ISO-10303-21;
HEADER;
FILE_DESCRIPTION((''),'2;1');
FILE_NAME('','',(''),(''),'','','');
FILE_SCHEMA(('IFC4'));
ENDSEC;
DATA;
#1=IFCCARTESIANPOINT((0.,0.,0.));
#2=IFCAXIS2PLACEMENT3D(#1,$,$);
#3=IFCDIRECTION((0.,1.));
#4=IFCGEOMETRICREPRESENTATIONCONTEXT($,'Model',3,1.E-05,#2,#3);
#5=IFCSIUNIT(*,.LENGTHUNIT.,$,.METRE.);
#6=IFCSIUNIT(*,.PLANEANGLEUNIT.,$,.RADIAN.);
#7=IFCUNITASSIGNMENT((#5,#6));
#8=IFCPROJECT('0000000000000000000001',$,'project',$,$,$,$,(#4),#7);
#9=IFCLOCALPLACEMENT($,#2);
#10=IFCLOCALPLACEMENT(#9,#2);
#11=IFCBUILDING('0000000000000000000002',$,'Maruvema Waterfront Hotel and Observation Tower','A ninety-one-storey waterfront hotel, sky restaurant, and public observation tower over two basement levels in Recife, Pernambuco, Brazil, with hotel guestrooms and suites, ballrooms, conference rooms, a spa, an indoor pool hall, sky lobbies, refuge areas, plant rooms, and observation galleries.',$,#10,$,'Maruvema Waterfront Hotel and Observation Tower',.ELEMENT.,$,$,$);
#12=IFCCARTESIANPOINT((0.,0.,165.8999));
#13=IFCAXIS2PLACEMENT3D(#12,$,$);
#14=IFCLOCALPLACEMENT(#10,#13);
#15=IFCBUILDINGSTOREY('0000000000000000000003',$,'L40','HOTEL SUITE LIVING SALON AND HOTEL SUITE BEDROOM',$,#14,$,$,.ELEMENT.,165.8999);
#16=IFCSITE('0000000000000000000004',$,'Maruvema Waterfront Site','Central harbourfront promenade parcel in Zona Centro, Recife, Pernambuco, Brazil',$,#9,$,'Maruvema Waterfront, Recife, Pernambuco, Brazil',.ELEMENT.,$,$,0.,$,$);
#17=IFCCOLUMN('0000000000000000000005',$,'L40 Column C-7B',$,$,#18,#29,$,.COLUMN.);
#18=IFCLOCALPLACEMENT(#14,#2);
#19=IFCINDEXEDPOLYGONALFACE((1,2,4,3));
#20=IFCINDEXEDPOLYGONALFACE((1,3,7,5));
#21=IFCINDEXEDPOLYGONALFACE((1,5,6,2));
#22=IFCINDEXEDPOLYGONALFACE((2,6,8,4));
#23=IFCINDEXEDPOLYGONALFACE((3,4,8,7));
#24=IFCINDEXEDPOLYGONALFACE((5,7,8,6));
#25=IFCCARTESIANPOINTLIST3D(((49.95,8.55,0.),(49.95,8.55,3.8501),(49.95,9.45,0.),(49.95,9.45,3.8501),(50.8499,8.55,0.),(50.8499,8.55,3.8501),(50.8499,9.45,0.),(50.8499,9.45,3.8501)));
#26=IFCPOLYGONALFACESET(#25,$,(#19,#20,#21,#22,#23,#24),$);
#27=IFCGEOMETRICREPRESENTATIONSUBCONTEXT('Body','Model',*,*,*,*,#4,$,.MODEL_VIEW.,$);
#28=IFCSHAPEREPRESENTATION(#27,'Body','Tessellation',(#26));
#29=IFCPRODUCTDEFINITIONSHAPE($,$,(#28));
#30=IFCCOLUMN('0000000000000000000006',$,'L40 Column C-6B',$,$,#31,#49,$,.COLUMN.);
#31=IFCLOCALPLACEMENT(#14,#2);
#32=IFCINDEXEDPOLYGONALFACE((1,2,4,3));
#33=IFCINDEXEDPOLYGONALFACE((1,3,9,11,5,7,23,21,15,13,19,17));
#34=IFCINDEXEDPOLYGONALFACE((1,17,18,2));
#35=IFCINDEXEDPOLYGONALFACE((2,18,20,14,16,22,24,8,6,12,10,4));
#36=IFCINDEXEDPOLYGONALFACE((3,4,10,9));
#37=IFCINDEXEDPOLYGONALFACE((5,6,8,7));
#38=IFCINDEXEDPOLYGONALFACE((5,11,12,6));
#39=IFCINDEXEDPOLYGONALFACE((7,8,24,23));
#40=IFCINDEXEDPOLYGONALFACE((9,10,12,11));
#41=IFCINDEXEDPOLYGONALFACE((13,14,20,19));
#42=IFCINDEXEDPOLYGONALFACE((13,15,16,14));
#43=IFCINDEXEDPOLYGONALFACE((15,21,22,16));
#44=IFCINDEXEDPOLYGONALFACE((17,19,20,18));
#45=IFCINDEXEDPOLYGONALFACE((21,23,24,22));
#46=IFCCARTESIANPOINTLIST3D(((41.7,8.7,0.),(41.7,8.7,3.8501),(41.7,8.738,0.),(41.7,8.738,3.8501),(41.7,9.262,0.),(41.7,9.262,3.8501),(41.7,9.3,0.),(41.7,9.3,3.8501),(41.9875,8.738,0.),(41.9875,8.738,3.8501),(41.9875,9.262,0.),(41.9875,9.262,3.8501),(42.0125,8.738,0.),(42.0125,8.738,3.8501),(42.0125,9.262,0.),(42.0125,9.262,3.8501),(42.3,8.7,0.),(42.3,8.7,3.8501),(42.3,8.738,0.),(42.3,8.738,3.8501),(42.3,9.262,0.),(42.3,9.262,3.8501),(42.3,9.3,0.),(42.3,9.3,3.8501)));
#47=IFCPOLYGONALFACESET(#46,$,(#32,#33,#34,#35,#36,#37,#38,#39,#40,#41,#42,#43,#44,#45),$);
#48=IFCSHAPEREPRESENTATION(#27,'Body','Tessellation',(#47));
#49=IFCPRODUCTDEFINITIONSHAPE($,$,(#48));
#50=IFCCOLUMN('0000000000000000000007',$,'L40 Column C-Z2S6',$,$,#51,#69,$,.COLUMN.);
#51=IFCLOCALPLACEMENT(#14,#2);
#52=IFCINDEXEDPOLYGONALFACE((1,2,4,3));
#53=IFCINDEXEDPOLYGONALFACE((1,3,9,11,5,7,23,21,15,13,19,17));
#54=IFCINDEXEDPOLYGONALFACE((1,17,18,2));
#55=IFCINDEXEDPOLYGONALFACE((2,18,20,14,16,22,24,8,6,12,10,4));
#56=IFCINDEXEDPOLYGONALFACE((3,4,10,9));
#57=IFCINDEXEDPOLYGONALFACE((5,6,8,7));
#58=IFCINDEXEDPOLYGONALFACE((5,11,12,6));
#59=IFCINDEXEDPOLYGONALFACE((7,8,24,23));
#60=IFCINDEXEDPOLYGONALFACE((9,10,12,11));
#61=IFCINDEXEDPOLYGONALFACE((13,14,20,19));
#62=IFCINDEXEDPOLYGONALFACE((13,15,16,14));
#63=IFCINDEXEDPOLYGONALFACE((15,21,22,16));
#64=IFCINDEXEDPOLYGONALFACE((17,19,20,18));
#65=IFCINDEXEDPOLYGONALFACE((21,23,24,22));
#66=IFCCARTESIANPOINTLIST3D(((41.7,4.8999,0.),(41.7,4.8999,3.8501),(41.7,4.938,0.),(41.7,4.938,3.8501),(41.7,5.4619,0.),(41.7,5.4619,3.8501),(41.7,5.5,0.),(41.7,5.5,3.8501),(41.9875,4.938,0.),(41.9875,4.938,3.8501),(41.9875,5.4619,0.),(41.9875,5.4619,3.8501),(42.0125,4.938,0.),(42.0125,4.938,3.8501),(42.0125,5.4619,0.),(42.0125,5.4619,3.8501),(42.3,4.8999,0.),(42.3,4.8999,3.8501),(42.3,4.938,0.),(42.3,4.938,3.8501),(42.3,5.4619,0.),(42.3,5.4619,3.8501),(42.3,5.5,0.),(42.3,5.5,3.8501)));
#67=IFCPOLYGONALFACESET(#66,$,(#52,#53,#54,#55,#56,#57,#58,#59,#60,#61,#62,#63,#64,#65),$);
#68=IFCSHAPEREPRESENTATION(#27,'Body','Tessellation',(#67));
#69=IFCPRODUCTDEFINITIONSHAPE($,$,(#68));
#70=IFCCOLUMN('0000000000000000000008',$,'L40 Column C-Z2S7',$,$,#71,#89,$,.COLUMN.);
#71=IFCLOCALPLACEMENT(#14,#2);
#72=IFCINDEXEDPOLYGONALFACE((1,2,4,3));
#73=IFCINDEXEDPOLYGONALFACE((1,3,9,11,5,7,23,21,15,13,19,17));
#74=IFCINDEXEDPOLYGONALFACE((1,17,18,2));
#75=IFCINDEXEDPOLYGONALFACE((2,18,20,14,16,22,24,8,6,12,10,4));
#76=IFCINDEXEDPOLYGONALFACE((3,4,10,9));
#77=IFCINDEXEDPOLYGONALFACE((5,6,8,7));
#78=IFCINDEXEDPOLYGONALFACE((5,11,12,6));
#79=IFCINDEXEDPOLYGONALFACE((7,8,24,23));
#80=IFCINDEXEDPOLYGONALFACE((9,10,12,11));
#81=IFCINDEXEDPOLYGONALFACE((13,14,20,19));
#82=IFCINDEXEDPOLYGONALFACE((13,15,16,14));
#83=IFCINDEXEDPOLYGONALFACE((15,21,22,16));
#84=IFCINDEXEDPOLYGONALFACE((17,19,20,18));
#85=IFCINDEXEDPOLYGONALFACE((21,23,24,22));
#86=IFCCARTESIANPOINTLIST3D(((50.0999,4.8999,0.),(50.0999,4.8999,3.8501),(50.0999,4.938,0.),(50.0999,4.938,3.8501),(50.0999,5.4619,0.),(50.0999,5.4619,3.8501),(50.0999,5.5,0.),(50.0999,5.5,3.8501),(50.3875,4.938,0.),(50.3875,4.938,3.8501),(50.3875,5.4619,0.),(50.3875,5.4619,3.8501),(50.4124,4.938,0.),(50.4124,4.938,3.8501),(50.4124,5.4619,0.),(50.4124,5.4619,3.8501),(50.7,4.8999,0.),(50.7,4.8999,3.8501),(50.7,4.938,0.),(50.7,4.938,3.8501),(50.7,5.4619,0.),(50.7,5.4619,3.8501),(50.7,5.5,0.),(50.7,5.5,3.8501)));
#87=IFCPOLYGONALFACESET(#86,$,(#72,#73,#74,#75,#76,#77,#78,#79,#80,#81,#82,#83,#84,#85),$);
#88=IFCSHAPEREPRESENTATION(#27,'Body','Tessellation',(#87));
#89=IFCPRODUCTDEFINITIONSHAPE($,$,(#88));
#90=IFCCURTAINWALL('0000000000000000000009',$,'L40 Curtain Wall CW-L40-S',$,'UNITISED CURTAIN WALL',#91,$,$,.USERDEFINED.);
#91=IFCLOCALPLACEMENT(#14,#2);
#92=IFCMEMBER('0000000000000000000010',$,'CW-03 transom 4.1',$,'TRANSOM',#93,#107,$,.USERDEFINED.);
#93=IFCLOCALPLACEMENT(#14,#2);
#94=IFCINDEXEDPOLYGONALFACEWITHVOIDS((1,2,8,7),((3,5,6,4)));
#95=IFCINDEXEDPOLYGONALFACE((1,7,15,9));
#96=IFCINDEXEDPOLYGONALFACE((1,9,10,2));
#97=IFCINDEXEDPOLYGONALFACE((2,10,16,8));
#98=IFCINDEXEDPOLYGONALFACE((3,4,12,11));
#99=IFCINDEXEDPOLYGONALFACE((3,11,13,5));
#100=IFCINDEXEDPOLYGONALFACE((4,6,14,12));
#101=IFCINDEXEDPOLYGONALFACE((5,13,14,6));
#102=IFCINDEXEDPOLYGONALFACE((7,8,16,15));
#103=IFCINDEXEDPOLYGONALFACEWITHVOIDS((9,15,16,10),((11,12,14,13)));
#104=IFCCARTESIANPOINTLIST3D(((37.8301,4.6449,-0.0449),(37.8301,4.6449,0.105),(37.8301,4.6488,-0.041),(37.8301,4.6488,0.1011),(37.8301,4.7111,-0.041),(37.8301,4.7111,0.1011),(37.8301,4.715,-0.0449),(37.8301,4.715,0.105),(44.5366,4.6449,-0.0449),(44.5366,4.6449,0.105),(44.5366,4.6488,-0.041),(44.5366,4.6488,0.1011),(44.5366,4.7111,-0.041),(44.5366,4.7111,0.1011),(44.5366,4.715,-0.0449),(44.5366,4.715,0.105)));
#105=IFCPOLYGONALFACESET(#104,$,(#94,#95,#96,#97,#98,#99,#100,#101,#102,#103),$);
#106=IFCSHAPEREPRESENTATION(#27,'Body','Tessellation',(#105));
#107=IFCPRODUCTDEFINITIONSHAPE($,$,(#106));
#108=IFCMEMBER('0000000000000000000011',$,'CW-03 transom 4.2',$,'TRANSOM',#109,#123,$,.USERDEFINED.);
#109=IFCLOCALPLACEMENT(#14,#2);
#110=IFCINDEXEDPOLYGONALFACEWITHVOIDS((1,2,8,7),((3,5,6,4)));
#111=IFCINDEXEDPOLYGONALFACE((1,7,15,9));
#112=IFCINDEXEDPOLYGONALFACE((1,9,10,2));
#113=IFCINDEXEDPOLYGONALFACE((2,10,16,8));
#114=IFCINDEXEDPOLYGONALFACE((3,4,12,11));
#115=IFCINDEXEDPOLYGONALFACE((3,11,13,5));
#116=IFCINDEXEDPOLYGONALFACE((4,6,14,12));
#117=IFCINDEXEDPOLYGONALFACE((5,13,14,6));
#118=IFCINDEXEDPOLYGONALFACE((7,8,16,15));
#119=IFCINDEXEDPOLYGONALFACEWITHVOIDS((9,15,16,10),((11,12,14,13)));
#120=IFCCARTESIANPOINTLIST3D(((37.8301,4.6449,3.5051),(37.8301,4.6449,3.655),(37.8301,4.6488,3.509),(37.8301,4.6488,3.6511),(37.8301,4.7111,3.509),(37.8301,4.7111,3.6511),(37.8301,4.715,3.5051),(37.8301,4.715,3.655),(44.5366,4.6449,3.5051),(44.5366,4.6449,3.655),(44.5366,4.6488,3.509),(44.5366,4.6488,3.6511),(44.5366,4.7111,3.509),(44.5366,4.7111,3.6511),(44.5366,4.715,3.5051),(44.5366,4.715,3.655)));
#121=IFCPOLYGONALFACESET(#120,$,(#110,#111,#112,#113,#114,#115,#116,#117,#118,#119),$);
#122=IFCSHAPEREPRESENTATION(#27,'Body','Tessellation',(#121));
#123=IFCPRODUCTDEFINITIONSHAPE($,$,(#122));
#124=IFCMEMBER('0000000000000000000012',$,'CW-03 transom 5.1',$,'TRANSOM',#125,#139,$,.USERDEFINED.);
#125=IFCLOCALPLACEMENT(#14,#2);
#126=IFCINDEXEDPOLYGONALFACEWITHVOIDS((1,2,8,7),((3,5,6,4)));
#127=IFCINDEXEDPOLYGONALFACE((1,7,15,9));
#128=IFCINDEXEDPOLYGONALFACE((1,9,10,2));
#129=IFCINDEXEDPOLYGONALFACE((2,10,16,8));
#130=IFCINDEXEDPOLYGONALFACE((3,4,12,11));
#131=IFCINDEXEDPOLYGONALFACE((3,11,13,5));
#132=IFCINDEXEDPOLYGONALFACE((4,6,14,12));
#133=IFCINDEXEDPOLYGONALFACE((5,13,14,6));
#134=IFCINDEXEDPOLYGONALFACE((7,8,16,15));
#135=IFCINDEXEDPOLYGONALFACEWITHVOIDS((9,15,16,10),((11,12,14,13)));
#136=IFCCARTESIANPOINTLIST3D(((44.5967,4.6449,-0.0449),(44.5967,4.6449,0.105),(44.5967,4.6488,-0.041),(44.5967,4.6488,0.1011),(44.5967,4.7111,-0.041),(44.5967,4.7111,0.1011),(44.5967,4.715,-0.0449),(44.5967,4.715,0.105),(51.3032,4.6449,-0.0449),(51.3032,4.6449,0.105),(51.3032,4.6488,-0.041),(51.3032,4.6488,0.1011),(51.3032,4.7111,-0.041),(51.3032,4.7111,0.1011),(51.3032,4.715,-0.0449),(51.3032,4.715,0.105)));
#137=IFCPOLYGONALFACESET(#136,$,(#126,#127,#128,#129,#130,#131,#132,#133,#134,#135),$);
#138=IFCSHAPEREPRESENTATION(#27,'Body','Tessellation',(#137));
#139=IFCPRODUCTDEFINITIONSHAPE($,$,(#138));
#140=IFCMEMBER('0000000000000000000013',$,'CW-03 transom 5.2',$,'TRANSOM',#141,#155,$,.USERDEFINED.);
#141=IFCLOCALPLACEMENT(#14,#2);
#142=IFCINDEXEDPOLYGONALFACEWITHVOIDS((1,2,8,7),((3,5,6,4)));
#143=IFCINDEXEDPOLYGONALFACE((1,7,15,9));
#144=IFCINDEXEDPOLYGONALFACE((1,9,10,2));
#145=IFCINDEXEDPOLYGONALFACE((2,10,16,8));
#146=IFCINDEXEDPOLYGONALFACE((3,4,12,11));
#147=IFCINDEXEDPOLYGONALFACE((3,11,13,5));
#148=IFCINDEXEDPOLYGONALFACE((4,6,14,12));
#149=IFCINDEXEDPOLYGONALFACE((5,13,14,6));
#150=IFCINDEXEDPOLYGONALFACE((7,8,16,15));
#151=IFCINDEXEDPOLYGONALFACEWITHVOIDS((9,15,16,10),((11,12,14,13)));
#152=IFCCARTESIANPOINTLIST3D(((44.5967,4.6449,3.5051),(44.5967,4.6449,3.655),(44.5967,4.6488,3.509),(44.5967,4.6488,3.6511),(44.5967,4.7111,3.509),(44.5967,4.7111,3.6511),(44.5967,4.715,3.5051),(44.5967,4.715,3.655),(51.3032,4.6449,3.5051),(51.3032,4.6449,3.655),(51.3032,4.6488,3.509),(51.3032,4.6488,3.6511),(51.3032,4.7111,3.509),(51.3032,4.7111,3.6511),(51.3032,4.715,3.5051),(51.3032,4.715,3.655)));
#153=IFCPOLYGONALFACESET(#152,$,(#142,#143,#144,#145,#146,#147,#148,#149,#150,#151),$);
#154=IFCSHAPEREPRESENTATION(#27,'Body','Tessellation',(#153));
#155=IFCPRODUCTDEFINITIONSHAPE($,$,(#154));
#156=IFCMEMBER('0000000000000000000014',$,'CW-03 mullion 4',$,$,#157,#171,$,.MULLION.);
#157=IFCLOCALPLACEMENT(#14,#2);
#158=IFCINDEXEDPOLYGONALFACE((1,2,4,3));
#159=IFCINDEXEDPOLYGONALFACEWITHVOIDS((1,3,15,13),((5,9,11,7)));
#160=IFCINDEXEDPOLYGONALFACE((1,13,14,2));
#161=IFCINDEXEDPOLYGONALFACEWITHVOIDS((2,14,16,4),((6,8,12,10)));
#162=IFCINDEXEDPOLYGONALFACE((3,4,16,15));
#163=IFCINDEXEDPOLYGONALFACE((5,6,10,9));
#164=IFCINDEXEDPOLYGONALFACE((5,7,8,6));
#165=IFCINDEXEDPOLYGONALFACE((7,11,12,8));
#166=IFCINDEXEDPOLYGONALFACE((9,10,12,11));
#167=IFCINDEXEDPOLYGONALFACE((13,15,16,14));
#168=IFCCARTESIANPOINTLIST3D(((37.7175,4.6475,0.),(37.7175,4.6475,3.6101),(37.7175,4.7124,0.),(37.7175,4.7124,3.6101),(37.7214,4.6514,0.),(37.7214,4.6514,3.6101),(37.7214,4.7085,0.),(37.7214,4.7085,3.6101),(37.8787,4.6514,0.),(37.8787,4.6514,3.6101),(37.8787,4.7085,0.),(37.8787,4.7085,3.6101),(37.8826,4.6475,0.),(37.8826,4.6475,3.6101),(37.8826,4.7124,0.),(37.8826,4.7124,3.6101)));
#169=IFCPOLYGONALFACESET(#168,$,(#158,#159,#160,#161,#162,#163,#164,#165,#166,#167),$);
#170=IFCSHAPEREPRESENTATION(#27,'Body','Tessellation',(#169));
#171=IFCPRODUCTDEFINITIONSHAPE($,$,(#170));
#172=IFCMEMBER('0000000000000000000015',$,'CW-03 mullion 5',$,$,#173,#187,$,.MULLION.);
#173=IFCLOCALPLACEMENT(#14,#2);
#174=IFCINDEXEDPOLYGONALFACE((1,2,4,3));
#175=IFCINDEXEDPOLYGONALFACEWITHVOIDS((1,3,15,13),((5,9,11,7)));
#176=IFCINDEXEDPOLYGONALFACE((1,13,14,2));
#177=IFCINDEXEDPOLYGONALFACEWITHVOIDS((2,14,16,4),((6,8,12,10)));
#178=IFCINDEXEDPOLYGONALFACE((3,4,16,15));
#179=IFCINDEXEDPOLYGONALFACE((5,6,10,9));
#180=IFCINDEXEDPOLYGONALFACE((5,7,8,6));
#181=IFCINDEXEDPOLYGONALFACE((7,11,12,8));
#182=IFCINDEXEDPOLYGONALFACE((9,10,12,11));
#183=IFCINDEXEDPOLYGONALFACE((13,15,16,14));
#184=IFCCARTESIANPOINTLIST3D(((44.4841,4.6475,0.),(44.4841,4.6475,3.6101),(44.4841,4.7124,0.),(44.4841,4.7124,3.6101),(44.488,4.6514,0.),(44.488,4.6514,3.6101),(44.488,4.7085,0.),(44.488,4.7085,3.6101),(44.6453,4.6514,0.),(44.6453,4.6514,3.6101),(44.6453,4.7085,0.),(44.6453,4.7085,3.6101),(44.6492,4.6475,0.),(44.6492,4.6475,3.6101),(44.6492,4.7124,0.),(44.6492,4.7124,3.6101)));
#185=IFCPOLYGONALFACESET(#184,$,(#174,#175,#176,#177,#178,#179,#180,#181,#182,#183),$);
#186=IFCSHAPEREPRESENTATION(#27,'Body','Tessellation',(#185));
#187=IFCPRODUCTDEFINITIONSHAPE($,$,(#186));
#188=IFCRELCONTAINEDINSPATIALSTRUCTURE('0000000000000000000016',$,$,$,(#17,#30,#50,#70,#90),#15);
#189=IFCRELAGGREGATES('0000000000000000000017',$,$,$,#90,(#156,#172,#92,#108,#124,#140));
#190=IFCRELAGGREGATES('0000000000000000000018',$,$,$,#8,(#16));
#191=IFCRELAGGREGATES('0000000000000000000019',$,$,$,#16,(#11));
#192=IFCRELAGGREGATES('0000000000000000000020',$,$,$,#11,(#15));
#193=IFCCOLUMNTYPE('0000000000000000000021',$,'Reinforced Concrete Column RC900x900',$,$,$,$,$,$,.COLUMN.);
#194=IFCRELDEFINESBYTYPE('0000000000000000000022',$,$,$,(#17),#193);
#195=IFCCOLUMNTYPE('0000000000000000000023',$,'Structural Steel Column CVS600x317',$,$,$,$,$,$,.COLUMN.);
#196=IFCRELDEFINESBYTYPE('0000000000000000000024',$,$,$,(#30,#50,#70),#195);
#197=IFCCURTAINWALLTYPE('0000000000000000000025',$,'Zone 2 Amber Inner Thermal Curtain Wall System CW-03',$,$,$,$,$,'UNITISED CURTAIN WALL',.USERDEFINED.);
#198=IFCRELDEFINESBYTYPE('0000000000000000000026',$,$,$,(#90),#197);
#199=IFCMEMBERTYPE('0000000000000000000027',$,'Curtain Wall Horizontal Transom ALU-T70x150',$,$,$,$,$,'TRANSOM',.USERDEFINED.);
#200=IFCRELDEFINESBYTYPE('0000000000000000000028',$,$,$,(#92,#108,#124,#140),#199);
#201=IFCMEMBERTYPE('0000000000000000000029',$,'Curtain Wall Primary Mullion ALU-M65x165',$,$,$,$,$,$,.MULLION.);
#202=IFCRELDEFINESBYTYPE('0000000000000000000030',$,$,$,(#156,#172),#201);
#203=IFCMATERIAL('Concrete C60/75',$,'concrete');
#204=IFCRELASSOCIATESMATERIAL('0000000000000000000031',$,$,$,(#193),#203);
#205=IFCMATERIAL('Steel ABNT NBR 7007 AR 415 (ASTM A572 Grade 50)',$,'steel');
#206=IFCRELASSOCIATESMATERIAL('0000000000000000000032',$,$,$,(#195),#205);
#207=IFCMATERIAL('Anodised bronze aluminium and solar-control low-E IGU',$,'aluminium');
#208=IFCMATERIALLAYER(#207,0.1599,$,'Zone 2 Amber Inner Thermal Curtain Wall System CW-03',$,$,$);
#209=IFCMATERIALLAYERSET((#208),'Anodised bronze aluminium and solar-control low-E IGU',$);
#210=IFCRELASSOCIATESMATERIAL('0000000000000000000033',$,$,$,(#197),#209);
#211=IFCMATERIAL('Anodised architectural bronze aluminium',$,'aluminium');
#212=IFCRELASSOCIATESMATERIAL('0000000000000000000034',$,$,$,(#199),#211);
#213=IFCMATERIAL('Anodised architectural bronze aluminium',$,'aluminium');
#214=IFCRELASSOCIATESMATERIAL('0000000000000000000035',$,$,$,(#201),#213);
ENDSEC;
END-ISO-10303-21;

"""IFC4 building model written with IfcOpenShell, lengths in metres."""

from ifc_helpers import new_model, si_unit, direction, frame, origin, origin_2d, place, context, subcontext, project, spatial, rectangle, hollow_rectangle, i_section, extrude, material, layer, layer_set, material_profile, profile_set, type_object, element, aggregate, save


model = new_model("IFC4")

# Units and contexts
model_context = context("Model", 3, precision=1e-05, world=origin(), true_north=direction((0.0, 1.0)))
body_context = subcontext(model_context, "Body", "Model", "MODEL_VIEW")
ifc_project = project(units=[si_unit("LENGTHUNIT", "METRE"), si_unit("PLANEANGLEUNIT", "RADIAN")], contexts=[model_context])

# Site, building, storey
site_placement = place(None, origin())
site = spatial("IfcSite", under=ifc_project, at=site_placement, Name="Maruvema Waterfront Site", Description="Central harbourfront promenade parcel in Zona Centro, Recife, Pernambuco, Brazil", LongName="Maruvema Waterfront, Recife, Pernambuco, Brazil", CompositionType="ELEMENT", RefElevation=0.0)
building_placement = place(site_placement, origin())
building = spatial("IfcBuilding", under=site, at=building_placement, Name="Maruvema Waterfront Hotel and Observation Tower", Description="A ninety-one-storey waterfront hotel, sky restaurant, and public observation tower over two basement levels in Recife, Pernambuco, Brazil, with hotel guestrooms and suites, ballrooms, conference rooms, a spa, an indoor pool hall, sky lobbies, refuge areas, plant rooms, and observation galleries.", LongName="Maruvema Waterfront Hotel and Observation Tower", CompositionType="ELEMENT")
storey_placement = place(building_placement, frame((0.0, 0.0, 165.8999)))
storey = spatial("IfcBuildingStorey", under=building, at=storey_placement, Name="L40", Description="HOTEL SUITE LIVING SALON AND HOTEL SUITE BEDROOM", CompositionType="ELEMENT", Elevation=165.8999)

# Columns
ifc_material_1 = material(Name="Concrete C60/75", Category="concrete")
ifc_material_profile_1 = material_profile(ifc_material_1, rectangle(XDim=0.8999, YDim=0.8999, at=origin_2d()), Name="RC900x900")
ifc_profile_set_1 = profile_set([ifc_material_profile_1], Name="Concrete C60/75")
column_type_1 = type_object("IfcColumnType", Name="Reinforced Concrete Column RC900x900", PredefinedType="COLUMN", material=ifc_profile_set_1)
column_placement = place(storey_placement, frame((50.3999, 9.0, 0.0), z_axis=(0.0, 0.0, 1.0), x_axis=(1.0, 0.0, 0.0)))
element("IfcColumn", 1, at=column_placement, inside=storey, type_object=column_type_1, Name="L40 Column C-7B", PredefinedType="COLUMN", context=body_context, shape_type="SweptSolid", body=[
    extrude(rectangle(XDim=0.8999, YDim=0.8999, at=origin_2d()), origin(), (0.0, 0.0, 1.0), 3.8501),
])
ifc_material_2 = material(Name="Steel ABNT NBR 7007 AR 415 (ASTM A572 Grade 50)", Category="steel")
ifc_material_profile_2 = material_profile(ifc_material_2, i_section(OverallWidth=0.6001, OverallDepth=0.6001, WebThickness=0.0249, FlangeThickness=0.0381, at=origin_2d()), Name="CVS600x317")
ifc_profile_set_2 = profile_set([ifc_material_profile_2], Name="Steel ABNT NBR 7007 AR 415 (ASTM A572 Grade 50)")
column_type_2 = type_object("IfcColumnType", Name="Structural Steel Column CVS600x317", PredefinedType="COLUMN", material=ifc_profile_set_2)
for number, where, z_axis, x_axis, name in (
    (2, (42.0, 9.0, 0.0), (0.0, 0.0, 1.0), (1.0, 0.0, 0.0), "L40 Column C-6B"),
    (3, (42.0, 5.2, 0.0), (0.0, 0.0, 1.0), (1.0, 0.0, 0.0), "L40 Column C-Z2S6"),
    (4, (50.3999, 5.2, 0.0), (0.0, 0.0, 1.0), (1.0, 0.0, 0.0), "L40 Column C-Z2S7"),
):
    element("IfcColumn", number, at=place(storey_placement, frame(where, z_axis=z_axis, x_axis=x_axis)), inside=storey, type_object=column_type_2, Name=name, PredefinedType="COLUMN", context=body_context, shape_type="SweptSolid", body=[
        extrude(i_section(OverallWidth=0.6001, OverallDepth=0.6001, WebThickness=0.0249, FlangeThickness=0.0381, at=origin_2d()), origin(), (0.0, 0.0, 1.0), 3.8501),
    ])

# Curtain wall, members
ifc_material_3 = material(Name="Anodised bronze aluminium and solar-control low-E IGU", Category="aluminium")
ifc_layer_1 = layer(ifc_material_3, 0.1599, Name="Zone 2 Amber Inner Thermal Curtain Wall System CW-03")
ifc_layer_set_1 = layer_set([ifc_layer_1], Name="Anodised bronze aluminium and solar-control low-E IGU")
curtain_wall_type = type_object("IfcCurtainWallType", Name="Zone 2 Amber Inner Thermal Curtain Wall System CW-03", ElementType="UNITISED CURTAIN WALL", PredefinedType="USERDEFINED", material=ifc_layer_set_1)
curtain_wall_placement = place(storey_placement, origin())
curtain_wall = element("IfcCurtainWall", 5, at=curtain_wall_placement, inside=storey, type_object=curtain_wall_type, Name="L40 Curtain Wall CW-L40-S", ObjectType="UNITISED CURTAIN WALL", PredefinedType="USERDEFINED")
ifc_material_4 = material(Name="Anodised architectural bronze aluminium", Category="aluminium")
ifc_material_profile_3 = material_profile(ifc_material_4, hollow_rectangle(XDim=0.0701, YDim=0.1499, WallThickness=0.0039, at=origin_2d()), Name="ALU-T70x150")
ifc_profile_set_3 = profile_set([ifc_material_profile_3], Name="Anodised architectural bronze aluminium")
member_type_1 = type_object("IfcMemberType", Name="Curtain Wall Horizontal Transom ALU-T70x150", ElementType="TRANSOM", PredefinedType="USERDEFINED", material=ifc_profile_set_3)
member_1_placement = place(storey_placement, frame((37.8301, 4.6799, 0.03), z_axis=(1.0, 0.0, 0.0), x_axis=(0.0, 1.0, 0.0)))
member_1 = element("IfcMember", 6, at=member_1_placement, type_object=member_type_1, Name="CW-03 transom 4.1", ObjectType="TRANSOM", PredefinedType="USERDEFINED", context=body_context, shape_type="SweptSolid", body=[
    extrude(hollow_rectangle(XDim=0.0701, YDim=0.1499, WallThickness=0.0039, at=origin_2d()), origin(), (0.0, 0.0, 1.0), 6.7065),
])
member_2_placement = place(storey_placement, frame((37.8301, 4.6799, 3.5801), z_axis=(1.0, 0.0, 0.0), x_axis=(0.0, 1.0, 0.0)))
member_2 = element("IfcMember", 7, at=member_2_placement, type_object=member_type_1, Name="CW-03 transom 4.2", ObjectType="TRANSOM", PredefinedType="USERDEFINED", context=body_context, shape_type="SweptSolid", body=[
    extrude(hollow_rectangle(XDim=0.0701, YDim=0.1499, WallThickness=0.0039, at=origin_2d()), origin(), (0.0, 0.0, 1.0), 6.7065),
])
member_3_placement = place(storey_placement, frame((44.5967, 4.6799, 0.03), z_axis=(1.0, 0.0, 0.0), x_axis=(0.0, 1.0, 0.0)))
member_3 = element("IfcMember", 8, at=member_3_placement, type_object=member_type_1, Name="CW-03 transom 5.1", ObjectType="TRANSOM", PredefinedType="USERDEFINED", context=body_context, shape_type="SweptSolid", body=[
    extrude(hollow_rectangle(XDim=0.0701, YDim=0.1499, WallThickness=0.0039, at=origin_2d()), origin(), (0.0, 0.0, 1.0), 6.7065),
])
member_4_placement = place(storey_placement, frame((44.5967, 4.6799, 3.5801), z_axis=(1.0, 0.0, 0.0), x_axis=(0.0, 1.0, 0.0)))
member_4 = element("IfcMember", 9, at=member_4_placement, type_object=member_type_1, Name="CW-03 transom 5.2", ObjectType="TRANSOM", PredefinedType="USERDEFINED", context=body_context, shape_type="SweptSolid", body=[
    extrude(hollow_rectangle(XDim=0.0701, YDim=0.1499, WallThickness=0.0039, at=origin_2d()), origin(), (0.0, 0.0, 1.0), 6.7065),
])
ifc_material_5 = material(Name="Anodised architectural bronze aluminium", Category="aluminium")
ifc_material_profile_4 = material_profile(ifc_material_5, hollow_rectangle(XDim=0.0649, YDim=0.165, WallThickness=0.0039, at=origin_2d()), Name="ALU-M65x165")
ifc_profile_set_4 = profile_set([ifc_material_profile_4], Name="Anodised architectural bronze aluminium")
member_type_2 = type_object("IfcMemberType", Name="Curtain Wall Primary Mullion ALU-M65x165", PredefinedType="MULLION", material=ifc_profile_set_4)
member_5_placement = place(storey_placement, frame((37.8, 4.6799, 0.0), z_axis=(0.0, 0.0, 1.0), x_axis=(0.0, 1.0, 0.0)))
member_5 = element("IfcMember", 10, at=member_5_placement, type_object=member_type_2, Name="CW-03 mullion 4", PredefinedType="MULLION", context=body_context, shape_type="SweptSolid", body=[
    extrude(hollow_rectangle(XDim=0.0649, YDim=0.165, WallThickness=0.0039, at=origin_2d()), origin(), (0.0, 0.0, 1.0), 3.6101),
])
member_6_placement = place(storey_placement, frame((44.5667, 4.6799, 0.0), z_axis=(0.0, 0.0, 1.0), x_axis=(0.0, 1.0, 0.0)))
member_6 = element("IfcMember", 11, at=member_6_placement, type_object=member_type_2, Name="CW-03 mullion 5", PredefinedType="MULLION", context=body_context, shape_type="SweptSolid", body=[
    extrude(hollow_rectangle(XDim=0.0649, YDim=0.165, WallThickness=0.0039, at=origin_2d()), origin(), (0.0, 0.0, 1.0), 3.6101),
])

aggregate(curtain_wall, [member_5, member_6, member_1, member_2, member_3, member_4])

save(model, "model.ifc")
